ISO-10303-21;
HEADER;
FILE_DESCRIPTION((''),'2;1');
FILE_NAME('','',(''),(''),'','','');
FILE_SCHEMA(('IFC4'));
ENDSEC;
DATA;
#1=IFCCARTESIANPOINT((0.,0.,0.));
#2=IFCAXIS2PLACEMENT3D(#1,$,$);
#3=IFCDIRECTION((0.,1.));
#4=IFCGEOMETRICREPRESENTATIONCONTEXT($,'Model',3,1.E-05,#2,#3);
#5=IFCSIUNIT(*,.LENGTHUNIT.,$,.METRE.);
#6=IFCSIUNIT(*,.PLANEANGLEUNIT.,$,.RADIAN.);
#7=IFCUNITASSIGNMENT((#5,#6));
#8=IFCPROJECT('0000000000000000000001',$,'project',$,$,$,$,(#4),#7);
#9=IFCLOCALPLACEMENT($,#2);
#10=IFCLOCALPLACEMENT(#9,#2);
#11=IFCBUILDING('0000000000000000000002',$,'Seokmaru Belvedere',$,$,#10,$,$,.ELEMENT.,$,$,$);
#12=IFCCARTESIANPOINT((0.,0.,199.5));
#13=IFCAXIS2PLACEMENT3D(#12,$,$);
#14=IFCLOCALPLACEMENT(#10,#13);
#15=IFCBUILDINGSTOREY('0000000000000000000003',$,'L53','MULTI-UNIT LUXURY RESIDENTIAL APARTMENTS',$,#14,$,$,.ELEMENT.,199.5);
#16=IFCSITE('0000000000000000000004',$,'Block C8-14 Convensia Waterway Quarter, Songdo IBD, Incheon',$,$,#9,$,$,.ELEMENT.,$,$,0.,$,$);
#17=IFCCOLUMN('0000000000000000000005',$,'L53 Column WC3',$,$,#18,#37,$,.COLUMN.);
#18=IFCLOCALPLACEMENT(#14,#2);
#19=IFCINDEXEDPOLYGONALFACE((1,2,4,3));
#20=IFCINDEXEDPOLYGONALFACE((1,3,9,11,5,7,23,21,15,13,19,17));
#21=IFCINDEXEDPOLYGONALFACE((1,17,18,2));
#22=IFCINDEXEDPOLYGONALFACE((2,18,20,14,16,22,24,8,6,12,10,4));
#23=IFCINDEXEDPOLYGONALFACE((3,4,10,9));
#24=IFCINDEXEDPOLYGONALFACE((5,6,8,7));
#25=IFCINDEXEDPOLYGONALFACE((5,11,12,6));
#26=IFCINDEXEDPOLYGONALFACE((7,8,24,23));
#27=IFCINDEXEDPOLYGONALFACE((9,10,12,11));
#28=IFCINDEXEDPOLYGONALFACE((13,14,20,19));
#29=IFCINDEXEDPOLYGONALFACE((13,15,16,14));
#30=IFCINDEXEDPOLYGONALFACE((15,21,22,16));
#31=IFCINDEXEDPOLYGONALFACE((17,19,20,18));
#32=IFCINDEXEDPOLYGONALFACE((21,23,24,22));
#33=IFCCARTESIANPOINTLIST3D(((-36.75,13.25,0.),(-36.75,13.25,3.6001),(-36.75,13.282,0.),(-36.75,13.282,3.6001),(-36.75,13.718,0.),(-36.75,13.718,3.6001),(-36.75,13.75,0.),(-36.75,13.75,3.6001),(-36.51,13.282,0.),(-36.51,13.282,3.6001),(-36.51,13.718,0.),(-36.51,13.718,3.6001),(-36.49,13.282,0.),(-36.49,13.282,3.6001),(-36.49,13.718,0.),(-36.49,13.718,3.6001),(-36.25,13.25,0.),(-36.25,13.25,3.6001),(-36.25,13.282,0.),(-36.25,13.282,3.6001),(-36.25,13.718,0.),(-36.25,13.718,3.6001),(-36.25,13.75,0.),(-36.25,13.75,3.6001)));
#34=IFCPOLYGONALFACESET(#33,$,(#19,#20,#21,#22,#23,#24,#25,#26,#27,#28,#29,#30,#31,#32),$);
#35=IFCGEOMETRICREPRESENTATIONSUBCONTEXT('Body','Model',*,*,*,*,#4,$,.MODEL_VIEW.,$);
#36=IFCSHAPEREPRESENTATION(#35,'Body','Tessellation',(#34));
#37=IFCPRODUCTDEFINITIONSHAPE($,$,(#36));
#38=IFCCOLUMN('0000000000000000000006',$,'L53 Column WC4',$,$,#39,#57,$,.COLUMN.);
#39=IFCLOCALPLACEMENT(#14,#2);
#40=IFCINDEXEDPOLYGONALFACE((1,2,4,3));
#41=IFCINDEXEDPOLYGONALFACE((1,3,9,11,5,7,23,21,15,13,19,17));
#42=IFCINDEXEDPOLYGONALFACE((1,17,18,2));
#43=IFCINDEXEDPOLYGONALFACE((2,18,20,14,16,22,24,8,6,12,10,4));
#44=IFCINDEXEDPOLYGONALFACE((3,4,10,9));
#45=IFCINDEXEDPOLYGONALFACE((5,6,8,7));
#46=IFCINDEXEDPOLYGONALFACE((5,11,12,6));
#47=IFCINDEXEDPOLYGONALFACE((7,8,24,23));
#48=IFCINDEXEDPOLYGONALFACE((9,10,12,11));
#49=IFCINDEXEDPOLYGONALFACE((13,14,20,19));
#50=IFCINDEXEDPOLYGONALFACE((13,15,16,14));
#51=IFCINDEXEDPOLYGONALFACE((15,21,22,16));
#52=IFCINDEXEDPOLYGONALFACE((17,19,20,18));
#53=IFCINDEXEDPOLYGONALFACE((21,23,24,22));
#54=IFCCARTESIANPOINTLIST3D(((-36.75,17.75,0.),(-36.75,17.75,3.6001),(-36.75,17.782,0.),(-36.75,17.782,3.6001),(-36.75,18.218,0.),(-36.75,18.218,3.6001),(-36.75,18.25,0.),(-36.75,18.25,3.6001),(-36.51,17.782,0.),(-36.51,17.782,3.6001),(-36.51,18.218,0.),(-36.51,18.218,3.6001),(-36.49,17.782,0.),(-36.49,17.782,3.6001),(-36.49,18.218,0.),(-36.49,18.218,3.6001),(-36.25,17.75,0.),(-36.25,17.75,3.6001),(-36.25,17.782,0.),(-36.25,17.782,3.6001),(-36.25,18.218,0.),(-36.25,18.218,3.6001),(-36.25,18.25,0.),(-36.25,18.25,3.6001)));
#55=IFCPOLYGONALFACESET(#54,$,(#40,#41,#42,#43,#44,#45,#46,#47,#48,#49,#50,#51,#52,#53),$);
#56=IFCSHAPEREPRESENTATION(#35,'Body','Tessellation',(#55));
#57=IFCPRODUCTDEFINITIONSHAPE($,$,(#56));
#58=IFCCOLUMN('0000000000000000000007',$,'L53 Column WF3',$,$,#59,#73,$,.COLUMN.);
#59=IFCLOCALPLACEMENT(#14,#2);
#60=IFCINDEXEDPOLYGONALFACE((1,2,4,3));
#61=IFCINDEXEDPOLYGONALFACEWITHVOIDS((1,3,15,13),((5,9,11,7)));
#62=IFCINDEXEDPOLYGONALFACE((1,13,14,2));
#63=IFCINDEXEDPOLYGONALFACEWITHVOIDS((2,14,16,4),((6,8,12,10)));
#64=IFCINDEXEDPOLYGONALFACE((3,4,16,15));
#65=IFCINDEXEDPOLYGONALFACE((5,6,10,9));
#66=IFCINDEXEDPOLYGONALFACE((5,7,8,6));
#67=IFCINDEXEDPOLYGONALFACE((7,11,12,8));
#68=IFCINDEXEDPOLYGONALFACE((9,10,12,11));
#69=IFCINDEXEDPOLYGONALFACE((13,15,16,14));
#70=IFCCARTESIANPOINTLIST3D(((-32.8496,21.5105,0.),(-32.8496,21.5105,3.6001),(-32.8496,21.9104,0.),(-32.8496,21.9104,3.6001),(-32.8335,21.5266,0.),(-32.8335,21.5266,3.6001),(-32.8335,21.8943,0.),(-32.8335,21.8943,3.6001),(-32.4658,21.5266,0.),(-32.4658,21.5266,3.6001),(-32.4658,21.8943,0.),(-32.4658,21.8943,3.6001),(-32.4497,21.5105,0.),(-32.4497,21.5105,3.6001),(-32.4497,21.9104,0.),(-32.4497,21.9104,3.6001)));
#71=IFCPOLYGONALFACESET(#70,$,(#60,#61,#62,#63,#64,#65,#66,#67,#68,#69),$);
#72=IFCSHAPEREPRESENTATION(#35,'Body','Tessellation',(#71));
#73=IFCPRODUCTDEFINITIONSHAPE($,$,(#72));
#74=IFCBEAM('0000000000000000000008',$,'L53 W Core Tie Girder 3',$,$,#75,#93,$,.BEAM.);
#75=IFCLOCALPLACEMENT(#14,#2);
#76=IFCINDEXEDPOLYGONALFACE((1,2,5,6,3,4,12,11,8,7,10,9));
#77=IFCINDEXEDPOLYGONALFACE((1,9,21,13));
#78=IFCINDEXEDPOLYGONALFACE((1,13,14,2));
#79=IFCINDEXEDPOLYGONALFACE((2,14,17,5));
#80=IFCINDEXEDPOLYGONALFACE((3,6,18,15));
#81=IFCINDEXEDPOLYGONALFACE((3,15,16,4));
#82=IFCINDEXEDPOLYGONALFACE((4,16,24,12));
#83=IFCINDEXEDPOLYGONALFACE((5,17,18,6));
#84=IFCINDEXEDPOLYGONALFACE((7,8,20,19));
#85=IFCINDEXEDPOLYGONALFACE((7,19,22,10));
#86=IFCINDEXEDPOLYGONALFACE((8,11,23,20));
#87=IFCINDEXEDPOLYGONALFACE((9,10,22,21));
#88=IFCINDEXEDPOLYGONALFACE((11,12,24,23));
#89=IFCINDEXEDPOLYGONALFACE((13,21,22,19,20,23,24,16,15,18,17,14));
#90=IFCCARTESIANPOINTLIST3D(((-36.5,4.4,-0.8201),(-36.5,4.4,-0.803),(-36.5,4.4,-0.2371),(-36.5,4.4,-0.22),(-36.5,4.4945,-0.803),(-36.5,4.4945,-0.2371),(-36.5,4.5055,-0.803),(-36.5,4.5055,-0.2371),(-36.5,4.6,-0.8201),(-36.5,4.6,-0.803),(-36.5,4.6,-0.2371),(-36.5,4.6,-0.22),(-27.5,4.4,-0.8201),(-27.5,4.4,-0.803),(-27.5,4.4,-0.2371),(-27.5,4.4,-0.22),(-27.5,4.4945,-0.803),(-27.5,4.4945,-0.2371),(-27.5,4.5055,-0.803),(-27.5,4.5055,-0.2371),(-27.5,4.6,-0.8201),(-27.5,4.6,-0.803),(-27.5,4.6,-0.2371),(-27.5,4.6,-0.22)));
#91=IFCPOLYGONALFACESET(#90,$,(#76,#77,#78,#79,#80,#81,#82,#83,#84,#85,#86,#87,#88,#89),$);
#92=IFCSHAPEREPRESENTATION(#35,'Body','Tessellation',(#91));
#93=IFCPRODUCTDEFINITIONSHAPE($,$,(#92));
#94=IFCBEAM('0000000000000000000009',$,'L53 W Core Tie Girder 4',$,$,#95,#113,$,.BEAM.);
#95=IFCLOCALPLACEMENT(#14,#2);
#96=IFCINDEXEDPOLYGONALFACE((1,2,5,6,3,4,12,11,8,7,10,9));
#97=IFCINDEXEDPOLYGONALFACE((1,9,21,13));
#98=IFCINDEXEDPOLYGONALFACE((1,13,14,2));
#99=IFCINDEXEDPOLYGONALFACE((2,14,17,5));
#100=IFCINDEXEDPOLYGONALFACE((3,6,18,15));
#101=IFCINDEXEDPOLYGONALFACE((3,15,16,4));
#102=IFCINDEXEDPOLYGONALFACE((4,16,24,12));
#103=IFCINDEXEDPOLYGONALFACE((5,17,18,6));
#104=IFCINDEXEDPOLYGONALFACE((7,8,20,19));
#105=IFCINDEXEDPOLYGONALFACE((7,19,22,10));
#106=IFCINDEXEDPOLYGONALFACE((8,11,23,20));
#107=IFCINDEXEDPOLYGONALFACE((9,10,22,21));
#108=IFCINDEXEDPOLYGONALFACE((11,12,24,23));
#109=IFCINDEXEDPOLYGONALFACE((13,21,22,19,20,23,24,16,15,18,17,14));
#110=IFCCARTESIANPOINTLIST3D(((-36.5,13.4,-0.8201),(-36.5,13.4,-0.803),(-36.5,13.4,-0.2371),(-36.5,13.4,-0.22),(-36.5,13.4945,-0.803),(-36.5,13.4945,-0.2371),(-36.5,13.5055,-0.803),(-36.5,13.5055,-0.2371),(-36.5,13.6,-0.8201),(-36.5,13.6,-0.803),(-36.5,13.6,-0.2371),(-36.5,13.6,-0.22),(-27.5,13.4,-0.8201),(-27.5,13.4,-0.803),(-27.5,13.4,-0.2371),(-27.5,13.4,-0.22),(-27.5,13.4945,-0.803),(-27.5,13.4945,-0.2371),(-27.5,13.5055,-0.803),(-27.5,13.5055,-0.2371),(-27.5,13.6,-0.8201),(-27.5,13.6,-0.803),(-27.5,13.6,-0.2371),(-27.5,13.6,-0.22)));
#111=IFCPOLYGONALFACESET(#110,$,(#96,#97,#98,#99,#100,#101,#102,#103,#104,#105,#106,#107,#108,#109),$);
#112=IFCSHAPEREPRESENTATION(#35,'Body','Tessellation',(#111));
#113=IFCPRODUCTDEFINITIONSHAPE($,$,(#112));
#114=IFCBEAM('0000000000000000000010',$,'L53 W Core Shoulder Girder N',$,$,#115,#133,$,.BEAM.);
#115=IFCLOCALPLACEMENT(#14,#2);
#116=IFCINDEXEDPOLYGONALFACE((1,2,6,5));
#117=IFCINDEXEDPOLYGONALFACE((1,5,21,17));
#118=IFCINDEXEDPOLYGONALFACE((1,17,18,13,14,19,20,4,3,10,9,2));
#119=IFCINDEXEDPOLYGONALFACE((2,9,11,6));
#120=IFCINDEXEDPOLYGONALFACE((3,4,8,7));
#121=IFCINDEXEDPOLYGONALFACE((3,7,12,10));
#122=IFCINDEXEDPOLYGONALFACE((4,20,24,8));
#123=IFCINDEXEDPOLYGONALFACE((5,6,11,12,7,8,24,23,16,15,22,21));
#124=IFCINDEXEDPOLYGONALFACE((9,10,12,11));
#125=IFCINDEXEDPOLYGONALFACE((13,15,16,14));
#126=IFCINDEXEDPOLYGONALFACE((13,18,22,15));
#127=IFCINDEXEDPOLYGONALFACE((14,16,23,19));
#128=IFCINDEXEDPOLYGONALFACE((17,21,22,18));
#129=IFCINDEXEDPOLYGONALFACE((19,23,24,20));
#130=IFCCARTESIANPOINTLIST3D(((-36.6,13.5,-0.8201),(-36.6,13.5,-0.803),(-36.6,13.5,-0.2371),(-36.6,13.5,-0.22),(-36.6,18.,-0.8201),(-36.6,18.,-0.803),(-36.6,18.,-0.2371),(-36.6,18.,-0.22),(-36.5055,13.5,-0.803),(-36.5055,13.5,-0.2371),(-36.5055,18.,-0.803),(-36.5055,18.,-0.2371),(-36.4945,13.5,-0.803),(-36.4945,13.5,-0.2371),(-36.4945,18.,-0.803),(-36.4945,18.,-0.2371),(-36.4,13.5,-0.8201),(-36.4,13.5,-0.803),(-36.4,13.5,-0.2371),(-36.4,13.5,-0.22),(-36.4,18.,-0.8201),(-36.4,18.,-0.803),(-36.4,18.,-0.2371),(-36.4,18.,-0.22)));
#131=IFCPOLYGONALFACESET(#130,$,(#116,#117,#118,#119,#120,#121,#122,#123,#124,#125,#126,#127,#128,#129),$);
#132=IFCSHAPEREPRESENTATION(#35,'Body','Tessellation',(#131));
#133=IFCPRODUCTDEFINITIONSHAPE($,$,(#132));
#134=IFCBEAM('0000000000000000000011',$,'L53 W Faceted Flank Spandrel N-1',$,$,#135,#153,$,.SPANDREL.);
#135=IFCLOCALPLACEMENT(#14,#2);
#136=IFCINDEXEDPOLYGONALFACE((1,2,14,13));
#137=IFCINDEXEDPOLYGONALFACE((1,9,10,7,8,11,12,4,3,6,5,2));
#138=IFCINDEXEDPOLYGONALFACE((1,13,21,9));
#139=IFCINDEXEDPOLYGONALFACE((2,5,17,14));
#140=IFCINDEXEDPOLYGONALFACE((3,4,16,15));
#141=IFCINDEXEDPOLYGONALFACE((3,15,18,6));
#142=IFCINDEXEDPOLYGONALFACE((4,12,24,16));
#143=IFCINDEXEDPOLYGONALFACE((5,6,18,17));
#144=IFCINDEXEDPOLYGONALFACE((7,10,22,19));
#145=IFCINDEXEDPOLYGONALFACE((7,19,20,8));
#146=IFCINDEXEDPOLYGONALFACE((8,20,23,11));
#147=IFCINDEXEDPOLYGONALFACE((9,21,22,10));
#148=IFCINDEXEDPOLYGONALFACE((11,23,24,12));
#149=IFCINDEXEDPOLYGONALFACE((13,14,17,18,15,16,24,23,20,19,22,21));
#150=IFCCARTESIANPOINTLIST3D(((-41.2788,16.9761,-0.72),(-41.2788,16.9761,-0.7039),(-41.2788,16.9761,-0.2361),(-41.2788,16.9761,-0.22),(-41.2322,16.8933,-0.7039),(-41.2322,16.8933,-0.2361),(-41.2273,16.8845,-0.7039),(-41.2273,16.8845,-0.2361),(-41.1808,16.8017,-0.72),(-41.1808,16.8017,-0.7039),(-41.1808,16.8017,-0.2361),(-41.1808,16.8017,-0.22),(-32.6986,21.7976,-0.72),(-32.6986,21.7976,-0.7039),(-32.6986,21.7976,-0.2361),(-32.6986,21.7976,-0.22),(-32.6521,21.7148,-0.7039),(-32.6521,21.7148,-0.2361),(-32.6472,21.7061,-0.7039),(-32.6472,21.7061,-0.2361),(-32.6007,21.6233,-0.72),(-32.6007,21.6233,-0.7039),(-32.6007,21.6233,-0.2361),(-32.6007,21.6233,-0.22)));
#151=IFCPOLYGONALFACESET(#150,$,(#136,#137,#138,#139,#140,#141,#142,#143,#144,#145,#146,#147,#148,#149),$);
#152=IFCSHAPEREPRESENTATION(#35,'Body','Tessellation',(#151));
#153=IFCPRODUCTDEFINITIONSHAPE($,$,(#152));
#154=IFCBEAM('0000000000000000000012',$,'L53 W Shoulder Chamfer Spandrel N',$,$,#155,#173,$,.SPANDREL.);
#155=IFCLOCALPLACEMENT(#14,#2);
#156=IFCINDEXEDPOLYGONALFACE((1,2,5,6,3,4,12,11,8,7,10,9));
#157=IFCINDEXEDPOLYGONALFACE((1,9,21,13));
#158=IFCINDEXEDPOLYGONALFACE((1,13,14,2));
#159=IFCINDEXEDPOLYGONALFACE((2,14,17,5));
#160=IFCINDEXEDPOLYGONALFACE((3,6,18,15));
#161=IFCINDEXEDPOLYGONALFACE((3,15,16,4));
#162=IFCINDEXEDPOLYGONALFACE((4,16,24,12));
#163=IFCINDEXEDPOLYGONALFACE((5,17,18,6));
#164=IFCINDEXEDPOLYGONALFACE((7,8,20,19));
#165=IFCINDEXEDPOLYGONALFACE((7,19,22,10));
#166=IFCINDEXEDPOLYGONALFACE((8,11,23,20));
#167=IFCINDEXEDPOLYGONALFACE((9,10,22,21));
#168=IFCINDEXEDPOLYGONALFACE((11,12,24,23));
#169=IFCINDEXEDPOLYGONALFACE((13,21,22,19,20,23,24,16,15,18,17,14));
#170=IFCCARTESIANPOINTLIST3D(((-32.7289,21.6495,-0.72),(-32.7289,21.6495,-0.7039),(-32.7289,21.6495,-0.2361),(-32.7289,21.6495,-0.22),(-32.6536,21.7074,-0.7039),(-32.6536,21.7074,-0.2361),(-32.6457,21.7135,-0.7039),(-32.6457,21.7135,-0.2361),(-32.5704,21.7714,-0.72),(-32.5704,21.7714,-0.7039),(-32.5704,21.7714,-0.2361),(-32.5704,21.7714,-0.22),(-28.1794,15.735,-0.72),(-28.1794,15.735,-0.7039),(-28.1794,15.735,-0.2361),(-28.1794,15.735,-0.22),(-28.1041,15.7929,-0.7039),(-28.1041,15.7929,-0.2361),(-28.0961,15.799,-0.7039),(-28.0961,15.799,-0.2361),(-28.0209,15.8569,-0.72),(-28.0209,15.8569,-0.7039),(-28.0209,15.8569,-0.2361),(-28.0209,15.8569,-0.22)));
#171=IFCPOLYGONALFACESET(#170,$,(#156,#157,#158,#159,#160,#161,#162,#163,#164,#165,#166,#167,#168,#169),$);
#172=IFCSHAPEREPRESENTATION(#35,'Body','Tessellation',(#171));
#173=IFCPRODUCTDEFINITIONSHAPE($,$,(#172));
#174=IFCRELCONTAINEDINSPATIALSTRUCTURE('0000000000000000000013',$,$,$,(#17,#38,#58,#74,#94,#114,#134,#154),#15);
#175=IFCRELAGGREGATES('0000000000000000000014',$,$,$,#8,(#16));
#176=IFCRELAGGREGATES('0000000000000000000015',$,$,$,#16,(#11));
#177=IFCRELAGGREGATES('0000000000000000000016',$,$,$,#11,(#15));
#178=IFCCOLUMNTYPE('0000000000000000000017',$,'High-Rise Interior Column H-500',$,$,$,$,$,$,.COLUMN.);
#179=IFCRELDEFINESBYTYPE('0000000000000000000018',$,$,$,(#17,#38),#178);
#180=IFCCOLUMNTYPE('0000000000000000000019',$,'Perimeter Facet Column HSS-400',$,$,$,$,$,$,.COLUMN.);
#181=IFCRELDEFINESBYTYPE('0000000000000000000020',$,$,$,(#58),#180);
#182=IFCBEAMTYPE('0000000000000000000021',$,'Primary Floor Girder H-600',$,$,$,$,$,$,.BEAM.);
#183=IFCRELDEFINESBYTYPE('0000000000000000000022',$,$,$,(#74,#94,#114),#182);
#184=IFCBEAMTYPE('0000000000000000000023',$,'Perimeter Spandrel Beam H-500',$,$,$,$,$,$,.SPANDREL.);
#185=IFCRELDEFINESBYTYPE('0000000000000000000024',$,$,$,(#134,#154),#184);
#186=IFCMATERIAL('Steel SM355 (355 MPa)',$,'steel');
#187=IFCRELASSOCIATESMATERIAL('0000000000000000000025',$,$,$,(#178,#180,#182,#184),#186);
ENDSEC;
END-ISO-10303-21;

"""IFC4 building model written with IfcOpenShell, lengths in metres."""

from ifc_helpers import new_model, si_unit, direction, frame, origin, origin_2d, place, context, subcontext, project, spatial, hollow_rectangle, i_section, extrude, source, transform, mapped, material, material_profile, profile_set, type_object, type_shapes, element, save


model = new_model("IFC4")

# Units and contexts
model_context = context("Model", 3, precision=1e-05, world=origin(), true_north=direction((0.0, 1.0)))
body_context = subcontext(model_context, "Body", "Model", "MODEL_VIEW")
ifc_project = project(units=[si_unit("LENGTHUNIT", "METRE"), si_unit("PLANEANGLEUNIT", "RADIAN")], contexts=[model_context])

# Site, building, storey
site_placement = place(None, origin())
site = spatial("IfcSite", under=ifc_project, at=site_placement, Name="Block C8-14 Convensia Waterway Quarter, Songdo IBD, Incheon", CompositionType="ELEMENT", RefElevation=0.0)
building_placement = place(site_placement, origin())
building = spatial("IfcBuilding", under=site, at=building_placement, Name="Seokmaru Belvedere", CompositionType="ELEMENT")
storey_placement = place(building_placement, frame((0.0, 0.0, 199.5)))
storey = spatial("IfcBuildingStorey", under=building, at=storey_placement, Name="L53", Description="MULTI-UNIT LUXURY RESIDENTIAL APARTMENTS", CompositionType="ELEMENT", Elevation=199.5)

# Columns
ifc_material_1 = material(Name="Steel SM355 (355 MPa)", Category="steel")
ifc_material_profile_1 = material_profile(ifc_material_1, i_section(OverallWidth=0.5, OverallDepth=0.5, WebThickness=0.02, FlangeThickness=0.032, at=origin_2d()), Name="H-500x500x20x32")
ifc_profile_set_1 = profile_set([ifc_material_profile_1], Name="Steel SM355 (355 MPa)")
column_type_1 = type_object("IfcColumnType", Name="High-Rise Interior Column H-500", PredefinedType="COLUMN", material=ifc_profile_set_1)
shared_shape_1 = source(origin(), body_context, "Body", "SweptSolid", [
    extrude(i_section(OverallWidth=0.5, OverallDepth=0.5, WebThickness=0.02, FlangeThickness=0.032, at=origin_2d()), origin(), (0.0, 0.0, 1.0), 3.6001),
])
type_shapes(column_type_1, [shared_shape_1])
for number, where, z_axis, x_axis, name in (
    (1, (-36.5, 13.5, 0.0), (0.0, 0.0, 1.0), (1.0, 0.0, 0.0), "L53 Column WC3"),
    (2, (-36.5, 18.0, 0.0), (0.0, 0.0, 1.0), (1.0, 0.0, 0.0), "L53 Column WC4"),
):
    element("IfcColumn", number, at=place(storey_placement, frame(where, z_axis=z_axis, x_axis=x_axis)), inside=storey, type_object=column_type_1, Name=name, PredefinedType="COLUMN", context=body_context, shape_type="MappedRepresentation", body=[
        mapped(shared_shape_1, transform((0.0, 0.0, 0.0), scale=1.0)),
    ])
ifc_material_profile_2 = material_profile(ifc_material_1, hollow_rectangle(XDim=0.3999, YDim=0.3999, WallThickness=0.0161, at=origin_2d()), Name="HSS-400x400x16")
ifc_profile_set_2 = profile_set([ifc_material_profile_2], Name="Steel SM355 (355 MPa)")
column_type_2 = type_object("IfcColumnType", Name="Perimeter Facet Column HSS-400", PredefinedType="COLUMN", material=ifc_profile_set_2)
shared_shape_2 = source(origin(), body_context, "Body", "SweptSolid", [
    extrude(hollow_rectangle(XDim=0.3999, YDim=0.3999, WallThickness=0.0161, at=origin_2d()), origin(), (0.0, 0.0, 1.0), 3.6001),
])
type_shapes(column_type_2, [shared_shape_2])
column_placement = place(storey_placement, frame((-32.6497, 21.7104, 0.0), z_axis=(0.0, 0.0, 1.0), x_axis=(1.0, 0.0, 0.0)))
element("IfcColumn", 3, at=column_placement, inside=storey, type_object=column_type_2, Name="L53 Column WF3", PredefinedType="COLUMN", context=body_context, shape_type="MappedRepresentation", body=[
    mapped(shared_shape_2, transform((0.0, 0.0, 0.0), scale=1.0)),
])

# Beams
ifc_material_profile_3 = material_profile(ifc_material_1, i_section(OverallWidth=0.2, OverallDepth=0.6001, WebThickness=0.011, FlangeThickness=0.0171, at=origin_2d()), Name="H-600x200x11x17")
ifc_profile_set_3 = profile_set([ifc_material_profile_3], Name="Steel SM355 (355 MPa)")
beam_type_1 = type_object("IfcBeamType", Name="Primary Floor Girder H-600", PredefinedType="BEAM", material=ifc_profile_set_3)
shared_shape_3 = source(origin(), body_context, "Body", "SweptSolid", [
    extrude(i_section(OverallWidth=0.2, OverallDepth=0.6001, WebThickness=0.011, FlangeThickness=0.0171, at=origin_2d()), origin(), (0.0, 0.0, 1.0), 9.0),
])
for number, where, z_axis, x_axis, name in (
    (4, (-36.5, 4.5, -0.52), (1.0, 0.0, 0.0), (0.0, 1.0, 0.0), "L53 W Core Tie Girder 3"),
    (5, (-36.5, 13.5, -0.52), (1.0, 0.0, 0.0), (0.0, 1.0, 0.0), "L53 W Core Tie Girder 4"),
):
    element("IfcBeam", number, at=place(storey_placement, frame(where, z_axis=z_axis, x_axis=x_axis)), inside=storey, type_object=beam_type_1, Name=name, PredefinedType="BEAM", context=body_context, shape_type="MappedRepresentation", body=[
        mapped(shared_shape_3, transform((0.0, 0.0, 0.0), scale=1.0)),
    ])
shared_shape_4 = source(origin(), body_context, "Body", "SweptSolid", [
    extrude(i_section(OverallWidth=0.2, OverallDepth=0.6001, WebThickness=0.011, FlangeThickness=0.0171, at=origin_2d()), origin(), (0.0, 0.0, 1.0), 4.5),
])
type_shapes(beam_type_1, [shared_shape_3, shared_shape_4])
beam_1_placement = place(storey_placement, frame((-36.5, 13.5, -0.52), z_axis=(0.0, 1.0, 0.0), x_axis=(-1.0, 0.0, 0.0)))
element("IfcBeam", 6, at=beam_1_placement, inside=storey, type_object=beam_type_1, Name="L53 W Core Shoulder Girder N", PredefinedType="BEAM", context=body_context, shape_type="MappedRepresentation", body=[
    mapped(shared_shape_4, transform((0.0, 0.0, 0.0), scale=1.0)),
])
ifc_material_profile_4 = material_profile(ifc_material_1, i_section(OverallWidth=0.2, OverallDepth=0.5, WebThickness=0.01, FlangeThickness=0.0161, at=origin_2d()), Name="H-500x200x10x16")
ifc_profile_set_4 = profile_set([ifc_material_profile_4], Name="Steel SM355 (355 MPa)")
beam_type_2 = type_object("IfcBeamType", Name="Perimeter Spandrel Beam H-500", PredefinedType="SPANDREL", material=ifc_profile_set_4)
shared_shape_5 = source(origin(), body_context, "Body", "SweptSolid", [
    extrude(i_section(OverallWidth=0.2, OverallDepth=0.5, WebThickness=0.01, FlangeThickness=0.0161, at=origin_2d()), origin(), (0.0, 0.0, 1.0), 9.842),
])
beam_2_placement = place(storey_placement, frame((-32.6497, 21.7104, -0.47), z_axis=(-0.871782, -0.489894, 0.0), x_axis=(0.489894, -0.871782, 0.0)))
element("IfcBeam", 7, at=beam_2_placement, inside=storey, type_object=beam_type_2, Name="L53 W Faceted Flank Spandrel N-1", PredefinedType="SPANDREL", context=body_context, shape_type="MappedRepresentation", body=[
    mapped(shared_shape_5, transform((0.0, 0.0, 0.0), scale=1.0)),
])
shared_shape_6 = source(origin(), body_context, "Body", "SweptSolid", [
    extrude(i_section(OverallWidth=0.2, OverallDepth=0.5, WebThickness=0.01, FlangeThickness=0.0161, at=origin_2d()), origin(), (0.0, 0.0, 1.0), 7.4619),
])
type_shapes(beam_type_2, [shared_shape_5, shared_shape_6])
beam_3_placement = place(storey_placement, frame((-32.6497, 21.7104, -0.47), z_axis=(0.609703, -0.79263, 0.0), x_axis=(0.79263, 0.609703, 0.0)))
element("IfcBeam", 8, at=beam_3_placement, inside=storey, type_object=beam_type_2, Name="L53 W Shoulder Chamfer Spandrel N", PredefinedType="SPANDREL", context=body_context, shape_type="MappedRepresentation", body=[
    mapped(shared_shape_6, transform((0.0, 0.0, 0.0), scale=1.0)),
])

save(model, "model.ifc")
